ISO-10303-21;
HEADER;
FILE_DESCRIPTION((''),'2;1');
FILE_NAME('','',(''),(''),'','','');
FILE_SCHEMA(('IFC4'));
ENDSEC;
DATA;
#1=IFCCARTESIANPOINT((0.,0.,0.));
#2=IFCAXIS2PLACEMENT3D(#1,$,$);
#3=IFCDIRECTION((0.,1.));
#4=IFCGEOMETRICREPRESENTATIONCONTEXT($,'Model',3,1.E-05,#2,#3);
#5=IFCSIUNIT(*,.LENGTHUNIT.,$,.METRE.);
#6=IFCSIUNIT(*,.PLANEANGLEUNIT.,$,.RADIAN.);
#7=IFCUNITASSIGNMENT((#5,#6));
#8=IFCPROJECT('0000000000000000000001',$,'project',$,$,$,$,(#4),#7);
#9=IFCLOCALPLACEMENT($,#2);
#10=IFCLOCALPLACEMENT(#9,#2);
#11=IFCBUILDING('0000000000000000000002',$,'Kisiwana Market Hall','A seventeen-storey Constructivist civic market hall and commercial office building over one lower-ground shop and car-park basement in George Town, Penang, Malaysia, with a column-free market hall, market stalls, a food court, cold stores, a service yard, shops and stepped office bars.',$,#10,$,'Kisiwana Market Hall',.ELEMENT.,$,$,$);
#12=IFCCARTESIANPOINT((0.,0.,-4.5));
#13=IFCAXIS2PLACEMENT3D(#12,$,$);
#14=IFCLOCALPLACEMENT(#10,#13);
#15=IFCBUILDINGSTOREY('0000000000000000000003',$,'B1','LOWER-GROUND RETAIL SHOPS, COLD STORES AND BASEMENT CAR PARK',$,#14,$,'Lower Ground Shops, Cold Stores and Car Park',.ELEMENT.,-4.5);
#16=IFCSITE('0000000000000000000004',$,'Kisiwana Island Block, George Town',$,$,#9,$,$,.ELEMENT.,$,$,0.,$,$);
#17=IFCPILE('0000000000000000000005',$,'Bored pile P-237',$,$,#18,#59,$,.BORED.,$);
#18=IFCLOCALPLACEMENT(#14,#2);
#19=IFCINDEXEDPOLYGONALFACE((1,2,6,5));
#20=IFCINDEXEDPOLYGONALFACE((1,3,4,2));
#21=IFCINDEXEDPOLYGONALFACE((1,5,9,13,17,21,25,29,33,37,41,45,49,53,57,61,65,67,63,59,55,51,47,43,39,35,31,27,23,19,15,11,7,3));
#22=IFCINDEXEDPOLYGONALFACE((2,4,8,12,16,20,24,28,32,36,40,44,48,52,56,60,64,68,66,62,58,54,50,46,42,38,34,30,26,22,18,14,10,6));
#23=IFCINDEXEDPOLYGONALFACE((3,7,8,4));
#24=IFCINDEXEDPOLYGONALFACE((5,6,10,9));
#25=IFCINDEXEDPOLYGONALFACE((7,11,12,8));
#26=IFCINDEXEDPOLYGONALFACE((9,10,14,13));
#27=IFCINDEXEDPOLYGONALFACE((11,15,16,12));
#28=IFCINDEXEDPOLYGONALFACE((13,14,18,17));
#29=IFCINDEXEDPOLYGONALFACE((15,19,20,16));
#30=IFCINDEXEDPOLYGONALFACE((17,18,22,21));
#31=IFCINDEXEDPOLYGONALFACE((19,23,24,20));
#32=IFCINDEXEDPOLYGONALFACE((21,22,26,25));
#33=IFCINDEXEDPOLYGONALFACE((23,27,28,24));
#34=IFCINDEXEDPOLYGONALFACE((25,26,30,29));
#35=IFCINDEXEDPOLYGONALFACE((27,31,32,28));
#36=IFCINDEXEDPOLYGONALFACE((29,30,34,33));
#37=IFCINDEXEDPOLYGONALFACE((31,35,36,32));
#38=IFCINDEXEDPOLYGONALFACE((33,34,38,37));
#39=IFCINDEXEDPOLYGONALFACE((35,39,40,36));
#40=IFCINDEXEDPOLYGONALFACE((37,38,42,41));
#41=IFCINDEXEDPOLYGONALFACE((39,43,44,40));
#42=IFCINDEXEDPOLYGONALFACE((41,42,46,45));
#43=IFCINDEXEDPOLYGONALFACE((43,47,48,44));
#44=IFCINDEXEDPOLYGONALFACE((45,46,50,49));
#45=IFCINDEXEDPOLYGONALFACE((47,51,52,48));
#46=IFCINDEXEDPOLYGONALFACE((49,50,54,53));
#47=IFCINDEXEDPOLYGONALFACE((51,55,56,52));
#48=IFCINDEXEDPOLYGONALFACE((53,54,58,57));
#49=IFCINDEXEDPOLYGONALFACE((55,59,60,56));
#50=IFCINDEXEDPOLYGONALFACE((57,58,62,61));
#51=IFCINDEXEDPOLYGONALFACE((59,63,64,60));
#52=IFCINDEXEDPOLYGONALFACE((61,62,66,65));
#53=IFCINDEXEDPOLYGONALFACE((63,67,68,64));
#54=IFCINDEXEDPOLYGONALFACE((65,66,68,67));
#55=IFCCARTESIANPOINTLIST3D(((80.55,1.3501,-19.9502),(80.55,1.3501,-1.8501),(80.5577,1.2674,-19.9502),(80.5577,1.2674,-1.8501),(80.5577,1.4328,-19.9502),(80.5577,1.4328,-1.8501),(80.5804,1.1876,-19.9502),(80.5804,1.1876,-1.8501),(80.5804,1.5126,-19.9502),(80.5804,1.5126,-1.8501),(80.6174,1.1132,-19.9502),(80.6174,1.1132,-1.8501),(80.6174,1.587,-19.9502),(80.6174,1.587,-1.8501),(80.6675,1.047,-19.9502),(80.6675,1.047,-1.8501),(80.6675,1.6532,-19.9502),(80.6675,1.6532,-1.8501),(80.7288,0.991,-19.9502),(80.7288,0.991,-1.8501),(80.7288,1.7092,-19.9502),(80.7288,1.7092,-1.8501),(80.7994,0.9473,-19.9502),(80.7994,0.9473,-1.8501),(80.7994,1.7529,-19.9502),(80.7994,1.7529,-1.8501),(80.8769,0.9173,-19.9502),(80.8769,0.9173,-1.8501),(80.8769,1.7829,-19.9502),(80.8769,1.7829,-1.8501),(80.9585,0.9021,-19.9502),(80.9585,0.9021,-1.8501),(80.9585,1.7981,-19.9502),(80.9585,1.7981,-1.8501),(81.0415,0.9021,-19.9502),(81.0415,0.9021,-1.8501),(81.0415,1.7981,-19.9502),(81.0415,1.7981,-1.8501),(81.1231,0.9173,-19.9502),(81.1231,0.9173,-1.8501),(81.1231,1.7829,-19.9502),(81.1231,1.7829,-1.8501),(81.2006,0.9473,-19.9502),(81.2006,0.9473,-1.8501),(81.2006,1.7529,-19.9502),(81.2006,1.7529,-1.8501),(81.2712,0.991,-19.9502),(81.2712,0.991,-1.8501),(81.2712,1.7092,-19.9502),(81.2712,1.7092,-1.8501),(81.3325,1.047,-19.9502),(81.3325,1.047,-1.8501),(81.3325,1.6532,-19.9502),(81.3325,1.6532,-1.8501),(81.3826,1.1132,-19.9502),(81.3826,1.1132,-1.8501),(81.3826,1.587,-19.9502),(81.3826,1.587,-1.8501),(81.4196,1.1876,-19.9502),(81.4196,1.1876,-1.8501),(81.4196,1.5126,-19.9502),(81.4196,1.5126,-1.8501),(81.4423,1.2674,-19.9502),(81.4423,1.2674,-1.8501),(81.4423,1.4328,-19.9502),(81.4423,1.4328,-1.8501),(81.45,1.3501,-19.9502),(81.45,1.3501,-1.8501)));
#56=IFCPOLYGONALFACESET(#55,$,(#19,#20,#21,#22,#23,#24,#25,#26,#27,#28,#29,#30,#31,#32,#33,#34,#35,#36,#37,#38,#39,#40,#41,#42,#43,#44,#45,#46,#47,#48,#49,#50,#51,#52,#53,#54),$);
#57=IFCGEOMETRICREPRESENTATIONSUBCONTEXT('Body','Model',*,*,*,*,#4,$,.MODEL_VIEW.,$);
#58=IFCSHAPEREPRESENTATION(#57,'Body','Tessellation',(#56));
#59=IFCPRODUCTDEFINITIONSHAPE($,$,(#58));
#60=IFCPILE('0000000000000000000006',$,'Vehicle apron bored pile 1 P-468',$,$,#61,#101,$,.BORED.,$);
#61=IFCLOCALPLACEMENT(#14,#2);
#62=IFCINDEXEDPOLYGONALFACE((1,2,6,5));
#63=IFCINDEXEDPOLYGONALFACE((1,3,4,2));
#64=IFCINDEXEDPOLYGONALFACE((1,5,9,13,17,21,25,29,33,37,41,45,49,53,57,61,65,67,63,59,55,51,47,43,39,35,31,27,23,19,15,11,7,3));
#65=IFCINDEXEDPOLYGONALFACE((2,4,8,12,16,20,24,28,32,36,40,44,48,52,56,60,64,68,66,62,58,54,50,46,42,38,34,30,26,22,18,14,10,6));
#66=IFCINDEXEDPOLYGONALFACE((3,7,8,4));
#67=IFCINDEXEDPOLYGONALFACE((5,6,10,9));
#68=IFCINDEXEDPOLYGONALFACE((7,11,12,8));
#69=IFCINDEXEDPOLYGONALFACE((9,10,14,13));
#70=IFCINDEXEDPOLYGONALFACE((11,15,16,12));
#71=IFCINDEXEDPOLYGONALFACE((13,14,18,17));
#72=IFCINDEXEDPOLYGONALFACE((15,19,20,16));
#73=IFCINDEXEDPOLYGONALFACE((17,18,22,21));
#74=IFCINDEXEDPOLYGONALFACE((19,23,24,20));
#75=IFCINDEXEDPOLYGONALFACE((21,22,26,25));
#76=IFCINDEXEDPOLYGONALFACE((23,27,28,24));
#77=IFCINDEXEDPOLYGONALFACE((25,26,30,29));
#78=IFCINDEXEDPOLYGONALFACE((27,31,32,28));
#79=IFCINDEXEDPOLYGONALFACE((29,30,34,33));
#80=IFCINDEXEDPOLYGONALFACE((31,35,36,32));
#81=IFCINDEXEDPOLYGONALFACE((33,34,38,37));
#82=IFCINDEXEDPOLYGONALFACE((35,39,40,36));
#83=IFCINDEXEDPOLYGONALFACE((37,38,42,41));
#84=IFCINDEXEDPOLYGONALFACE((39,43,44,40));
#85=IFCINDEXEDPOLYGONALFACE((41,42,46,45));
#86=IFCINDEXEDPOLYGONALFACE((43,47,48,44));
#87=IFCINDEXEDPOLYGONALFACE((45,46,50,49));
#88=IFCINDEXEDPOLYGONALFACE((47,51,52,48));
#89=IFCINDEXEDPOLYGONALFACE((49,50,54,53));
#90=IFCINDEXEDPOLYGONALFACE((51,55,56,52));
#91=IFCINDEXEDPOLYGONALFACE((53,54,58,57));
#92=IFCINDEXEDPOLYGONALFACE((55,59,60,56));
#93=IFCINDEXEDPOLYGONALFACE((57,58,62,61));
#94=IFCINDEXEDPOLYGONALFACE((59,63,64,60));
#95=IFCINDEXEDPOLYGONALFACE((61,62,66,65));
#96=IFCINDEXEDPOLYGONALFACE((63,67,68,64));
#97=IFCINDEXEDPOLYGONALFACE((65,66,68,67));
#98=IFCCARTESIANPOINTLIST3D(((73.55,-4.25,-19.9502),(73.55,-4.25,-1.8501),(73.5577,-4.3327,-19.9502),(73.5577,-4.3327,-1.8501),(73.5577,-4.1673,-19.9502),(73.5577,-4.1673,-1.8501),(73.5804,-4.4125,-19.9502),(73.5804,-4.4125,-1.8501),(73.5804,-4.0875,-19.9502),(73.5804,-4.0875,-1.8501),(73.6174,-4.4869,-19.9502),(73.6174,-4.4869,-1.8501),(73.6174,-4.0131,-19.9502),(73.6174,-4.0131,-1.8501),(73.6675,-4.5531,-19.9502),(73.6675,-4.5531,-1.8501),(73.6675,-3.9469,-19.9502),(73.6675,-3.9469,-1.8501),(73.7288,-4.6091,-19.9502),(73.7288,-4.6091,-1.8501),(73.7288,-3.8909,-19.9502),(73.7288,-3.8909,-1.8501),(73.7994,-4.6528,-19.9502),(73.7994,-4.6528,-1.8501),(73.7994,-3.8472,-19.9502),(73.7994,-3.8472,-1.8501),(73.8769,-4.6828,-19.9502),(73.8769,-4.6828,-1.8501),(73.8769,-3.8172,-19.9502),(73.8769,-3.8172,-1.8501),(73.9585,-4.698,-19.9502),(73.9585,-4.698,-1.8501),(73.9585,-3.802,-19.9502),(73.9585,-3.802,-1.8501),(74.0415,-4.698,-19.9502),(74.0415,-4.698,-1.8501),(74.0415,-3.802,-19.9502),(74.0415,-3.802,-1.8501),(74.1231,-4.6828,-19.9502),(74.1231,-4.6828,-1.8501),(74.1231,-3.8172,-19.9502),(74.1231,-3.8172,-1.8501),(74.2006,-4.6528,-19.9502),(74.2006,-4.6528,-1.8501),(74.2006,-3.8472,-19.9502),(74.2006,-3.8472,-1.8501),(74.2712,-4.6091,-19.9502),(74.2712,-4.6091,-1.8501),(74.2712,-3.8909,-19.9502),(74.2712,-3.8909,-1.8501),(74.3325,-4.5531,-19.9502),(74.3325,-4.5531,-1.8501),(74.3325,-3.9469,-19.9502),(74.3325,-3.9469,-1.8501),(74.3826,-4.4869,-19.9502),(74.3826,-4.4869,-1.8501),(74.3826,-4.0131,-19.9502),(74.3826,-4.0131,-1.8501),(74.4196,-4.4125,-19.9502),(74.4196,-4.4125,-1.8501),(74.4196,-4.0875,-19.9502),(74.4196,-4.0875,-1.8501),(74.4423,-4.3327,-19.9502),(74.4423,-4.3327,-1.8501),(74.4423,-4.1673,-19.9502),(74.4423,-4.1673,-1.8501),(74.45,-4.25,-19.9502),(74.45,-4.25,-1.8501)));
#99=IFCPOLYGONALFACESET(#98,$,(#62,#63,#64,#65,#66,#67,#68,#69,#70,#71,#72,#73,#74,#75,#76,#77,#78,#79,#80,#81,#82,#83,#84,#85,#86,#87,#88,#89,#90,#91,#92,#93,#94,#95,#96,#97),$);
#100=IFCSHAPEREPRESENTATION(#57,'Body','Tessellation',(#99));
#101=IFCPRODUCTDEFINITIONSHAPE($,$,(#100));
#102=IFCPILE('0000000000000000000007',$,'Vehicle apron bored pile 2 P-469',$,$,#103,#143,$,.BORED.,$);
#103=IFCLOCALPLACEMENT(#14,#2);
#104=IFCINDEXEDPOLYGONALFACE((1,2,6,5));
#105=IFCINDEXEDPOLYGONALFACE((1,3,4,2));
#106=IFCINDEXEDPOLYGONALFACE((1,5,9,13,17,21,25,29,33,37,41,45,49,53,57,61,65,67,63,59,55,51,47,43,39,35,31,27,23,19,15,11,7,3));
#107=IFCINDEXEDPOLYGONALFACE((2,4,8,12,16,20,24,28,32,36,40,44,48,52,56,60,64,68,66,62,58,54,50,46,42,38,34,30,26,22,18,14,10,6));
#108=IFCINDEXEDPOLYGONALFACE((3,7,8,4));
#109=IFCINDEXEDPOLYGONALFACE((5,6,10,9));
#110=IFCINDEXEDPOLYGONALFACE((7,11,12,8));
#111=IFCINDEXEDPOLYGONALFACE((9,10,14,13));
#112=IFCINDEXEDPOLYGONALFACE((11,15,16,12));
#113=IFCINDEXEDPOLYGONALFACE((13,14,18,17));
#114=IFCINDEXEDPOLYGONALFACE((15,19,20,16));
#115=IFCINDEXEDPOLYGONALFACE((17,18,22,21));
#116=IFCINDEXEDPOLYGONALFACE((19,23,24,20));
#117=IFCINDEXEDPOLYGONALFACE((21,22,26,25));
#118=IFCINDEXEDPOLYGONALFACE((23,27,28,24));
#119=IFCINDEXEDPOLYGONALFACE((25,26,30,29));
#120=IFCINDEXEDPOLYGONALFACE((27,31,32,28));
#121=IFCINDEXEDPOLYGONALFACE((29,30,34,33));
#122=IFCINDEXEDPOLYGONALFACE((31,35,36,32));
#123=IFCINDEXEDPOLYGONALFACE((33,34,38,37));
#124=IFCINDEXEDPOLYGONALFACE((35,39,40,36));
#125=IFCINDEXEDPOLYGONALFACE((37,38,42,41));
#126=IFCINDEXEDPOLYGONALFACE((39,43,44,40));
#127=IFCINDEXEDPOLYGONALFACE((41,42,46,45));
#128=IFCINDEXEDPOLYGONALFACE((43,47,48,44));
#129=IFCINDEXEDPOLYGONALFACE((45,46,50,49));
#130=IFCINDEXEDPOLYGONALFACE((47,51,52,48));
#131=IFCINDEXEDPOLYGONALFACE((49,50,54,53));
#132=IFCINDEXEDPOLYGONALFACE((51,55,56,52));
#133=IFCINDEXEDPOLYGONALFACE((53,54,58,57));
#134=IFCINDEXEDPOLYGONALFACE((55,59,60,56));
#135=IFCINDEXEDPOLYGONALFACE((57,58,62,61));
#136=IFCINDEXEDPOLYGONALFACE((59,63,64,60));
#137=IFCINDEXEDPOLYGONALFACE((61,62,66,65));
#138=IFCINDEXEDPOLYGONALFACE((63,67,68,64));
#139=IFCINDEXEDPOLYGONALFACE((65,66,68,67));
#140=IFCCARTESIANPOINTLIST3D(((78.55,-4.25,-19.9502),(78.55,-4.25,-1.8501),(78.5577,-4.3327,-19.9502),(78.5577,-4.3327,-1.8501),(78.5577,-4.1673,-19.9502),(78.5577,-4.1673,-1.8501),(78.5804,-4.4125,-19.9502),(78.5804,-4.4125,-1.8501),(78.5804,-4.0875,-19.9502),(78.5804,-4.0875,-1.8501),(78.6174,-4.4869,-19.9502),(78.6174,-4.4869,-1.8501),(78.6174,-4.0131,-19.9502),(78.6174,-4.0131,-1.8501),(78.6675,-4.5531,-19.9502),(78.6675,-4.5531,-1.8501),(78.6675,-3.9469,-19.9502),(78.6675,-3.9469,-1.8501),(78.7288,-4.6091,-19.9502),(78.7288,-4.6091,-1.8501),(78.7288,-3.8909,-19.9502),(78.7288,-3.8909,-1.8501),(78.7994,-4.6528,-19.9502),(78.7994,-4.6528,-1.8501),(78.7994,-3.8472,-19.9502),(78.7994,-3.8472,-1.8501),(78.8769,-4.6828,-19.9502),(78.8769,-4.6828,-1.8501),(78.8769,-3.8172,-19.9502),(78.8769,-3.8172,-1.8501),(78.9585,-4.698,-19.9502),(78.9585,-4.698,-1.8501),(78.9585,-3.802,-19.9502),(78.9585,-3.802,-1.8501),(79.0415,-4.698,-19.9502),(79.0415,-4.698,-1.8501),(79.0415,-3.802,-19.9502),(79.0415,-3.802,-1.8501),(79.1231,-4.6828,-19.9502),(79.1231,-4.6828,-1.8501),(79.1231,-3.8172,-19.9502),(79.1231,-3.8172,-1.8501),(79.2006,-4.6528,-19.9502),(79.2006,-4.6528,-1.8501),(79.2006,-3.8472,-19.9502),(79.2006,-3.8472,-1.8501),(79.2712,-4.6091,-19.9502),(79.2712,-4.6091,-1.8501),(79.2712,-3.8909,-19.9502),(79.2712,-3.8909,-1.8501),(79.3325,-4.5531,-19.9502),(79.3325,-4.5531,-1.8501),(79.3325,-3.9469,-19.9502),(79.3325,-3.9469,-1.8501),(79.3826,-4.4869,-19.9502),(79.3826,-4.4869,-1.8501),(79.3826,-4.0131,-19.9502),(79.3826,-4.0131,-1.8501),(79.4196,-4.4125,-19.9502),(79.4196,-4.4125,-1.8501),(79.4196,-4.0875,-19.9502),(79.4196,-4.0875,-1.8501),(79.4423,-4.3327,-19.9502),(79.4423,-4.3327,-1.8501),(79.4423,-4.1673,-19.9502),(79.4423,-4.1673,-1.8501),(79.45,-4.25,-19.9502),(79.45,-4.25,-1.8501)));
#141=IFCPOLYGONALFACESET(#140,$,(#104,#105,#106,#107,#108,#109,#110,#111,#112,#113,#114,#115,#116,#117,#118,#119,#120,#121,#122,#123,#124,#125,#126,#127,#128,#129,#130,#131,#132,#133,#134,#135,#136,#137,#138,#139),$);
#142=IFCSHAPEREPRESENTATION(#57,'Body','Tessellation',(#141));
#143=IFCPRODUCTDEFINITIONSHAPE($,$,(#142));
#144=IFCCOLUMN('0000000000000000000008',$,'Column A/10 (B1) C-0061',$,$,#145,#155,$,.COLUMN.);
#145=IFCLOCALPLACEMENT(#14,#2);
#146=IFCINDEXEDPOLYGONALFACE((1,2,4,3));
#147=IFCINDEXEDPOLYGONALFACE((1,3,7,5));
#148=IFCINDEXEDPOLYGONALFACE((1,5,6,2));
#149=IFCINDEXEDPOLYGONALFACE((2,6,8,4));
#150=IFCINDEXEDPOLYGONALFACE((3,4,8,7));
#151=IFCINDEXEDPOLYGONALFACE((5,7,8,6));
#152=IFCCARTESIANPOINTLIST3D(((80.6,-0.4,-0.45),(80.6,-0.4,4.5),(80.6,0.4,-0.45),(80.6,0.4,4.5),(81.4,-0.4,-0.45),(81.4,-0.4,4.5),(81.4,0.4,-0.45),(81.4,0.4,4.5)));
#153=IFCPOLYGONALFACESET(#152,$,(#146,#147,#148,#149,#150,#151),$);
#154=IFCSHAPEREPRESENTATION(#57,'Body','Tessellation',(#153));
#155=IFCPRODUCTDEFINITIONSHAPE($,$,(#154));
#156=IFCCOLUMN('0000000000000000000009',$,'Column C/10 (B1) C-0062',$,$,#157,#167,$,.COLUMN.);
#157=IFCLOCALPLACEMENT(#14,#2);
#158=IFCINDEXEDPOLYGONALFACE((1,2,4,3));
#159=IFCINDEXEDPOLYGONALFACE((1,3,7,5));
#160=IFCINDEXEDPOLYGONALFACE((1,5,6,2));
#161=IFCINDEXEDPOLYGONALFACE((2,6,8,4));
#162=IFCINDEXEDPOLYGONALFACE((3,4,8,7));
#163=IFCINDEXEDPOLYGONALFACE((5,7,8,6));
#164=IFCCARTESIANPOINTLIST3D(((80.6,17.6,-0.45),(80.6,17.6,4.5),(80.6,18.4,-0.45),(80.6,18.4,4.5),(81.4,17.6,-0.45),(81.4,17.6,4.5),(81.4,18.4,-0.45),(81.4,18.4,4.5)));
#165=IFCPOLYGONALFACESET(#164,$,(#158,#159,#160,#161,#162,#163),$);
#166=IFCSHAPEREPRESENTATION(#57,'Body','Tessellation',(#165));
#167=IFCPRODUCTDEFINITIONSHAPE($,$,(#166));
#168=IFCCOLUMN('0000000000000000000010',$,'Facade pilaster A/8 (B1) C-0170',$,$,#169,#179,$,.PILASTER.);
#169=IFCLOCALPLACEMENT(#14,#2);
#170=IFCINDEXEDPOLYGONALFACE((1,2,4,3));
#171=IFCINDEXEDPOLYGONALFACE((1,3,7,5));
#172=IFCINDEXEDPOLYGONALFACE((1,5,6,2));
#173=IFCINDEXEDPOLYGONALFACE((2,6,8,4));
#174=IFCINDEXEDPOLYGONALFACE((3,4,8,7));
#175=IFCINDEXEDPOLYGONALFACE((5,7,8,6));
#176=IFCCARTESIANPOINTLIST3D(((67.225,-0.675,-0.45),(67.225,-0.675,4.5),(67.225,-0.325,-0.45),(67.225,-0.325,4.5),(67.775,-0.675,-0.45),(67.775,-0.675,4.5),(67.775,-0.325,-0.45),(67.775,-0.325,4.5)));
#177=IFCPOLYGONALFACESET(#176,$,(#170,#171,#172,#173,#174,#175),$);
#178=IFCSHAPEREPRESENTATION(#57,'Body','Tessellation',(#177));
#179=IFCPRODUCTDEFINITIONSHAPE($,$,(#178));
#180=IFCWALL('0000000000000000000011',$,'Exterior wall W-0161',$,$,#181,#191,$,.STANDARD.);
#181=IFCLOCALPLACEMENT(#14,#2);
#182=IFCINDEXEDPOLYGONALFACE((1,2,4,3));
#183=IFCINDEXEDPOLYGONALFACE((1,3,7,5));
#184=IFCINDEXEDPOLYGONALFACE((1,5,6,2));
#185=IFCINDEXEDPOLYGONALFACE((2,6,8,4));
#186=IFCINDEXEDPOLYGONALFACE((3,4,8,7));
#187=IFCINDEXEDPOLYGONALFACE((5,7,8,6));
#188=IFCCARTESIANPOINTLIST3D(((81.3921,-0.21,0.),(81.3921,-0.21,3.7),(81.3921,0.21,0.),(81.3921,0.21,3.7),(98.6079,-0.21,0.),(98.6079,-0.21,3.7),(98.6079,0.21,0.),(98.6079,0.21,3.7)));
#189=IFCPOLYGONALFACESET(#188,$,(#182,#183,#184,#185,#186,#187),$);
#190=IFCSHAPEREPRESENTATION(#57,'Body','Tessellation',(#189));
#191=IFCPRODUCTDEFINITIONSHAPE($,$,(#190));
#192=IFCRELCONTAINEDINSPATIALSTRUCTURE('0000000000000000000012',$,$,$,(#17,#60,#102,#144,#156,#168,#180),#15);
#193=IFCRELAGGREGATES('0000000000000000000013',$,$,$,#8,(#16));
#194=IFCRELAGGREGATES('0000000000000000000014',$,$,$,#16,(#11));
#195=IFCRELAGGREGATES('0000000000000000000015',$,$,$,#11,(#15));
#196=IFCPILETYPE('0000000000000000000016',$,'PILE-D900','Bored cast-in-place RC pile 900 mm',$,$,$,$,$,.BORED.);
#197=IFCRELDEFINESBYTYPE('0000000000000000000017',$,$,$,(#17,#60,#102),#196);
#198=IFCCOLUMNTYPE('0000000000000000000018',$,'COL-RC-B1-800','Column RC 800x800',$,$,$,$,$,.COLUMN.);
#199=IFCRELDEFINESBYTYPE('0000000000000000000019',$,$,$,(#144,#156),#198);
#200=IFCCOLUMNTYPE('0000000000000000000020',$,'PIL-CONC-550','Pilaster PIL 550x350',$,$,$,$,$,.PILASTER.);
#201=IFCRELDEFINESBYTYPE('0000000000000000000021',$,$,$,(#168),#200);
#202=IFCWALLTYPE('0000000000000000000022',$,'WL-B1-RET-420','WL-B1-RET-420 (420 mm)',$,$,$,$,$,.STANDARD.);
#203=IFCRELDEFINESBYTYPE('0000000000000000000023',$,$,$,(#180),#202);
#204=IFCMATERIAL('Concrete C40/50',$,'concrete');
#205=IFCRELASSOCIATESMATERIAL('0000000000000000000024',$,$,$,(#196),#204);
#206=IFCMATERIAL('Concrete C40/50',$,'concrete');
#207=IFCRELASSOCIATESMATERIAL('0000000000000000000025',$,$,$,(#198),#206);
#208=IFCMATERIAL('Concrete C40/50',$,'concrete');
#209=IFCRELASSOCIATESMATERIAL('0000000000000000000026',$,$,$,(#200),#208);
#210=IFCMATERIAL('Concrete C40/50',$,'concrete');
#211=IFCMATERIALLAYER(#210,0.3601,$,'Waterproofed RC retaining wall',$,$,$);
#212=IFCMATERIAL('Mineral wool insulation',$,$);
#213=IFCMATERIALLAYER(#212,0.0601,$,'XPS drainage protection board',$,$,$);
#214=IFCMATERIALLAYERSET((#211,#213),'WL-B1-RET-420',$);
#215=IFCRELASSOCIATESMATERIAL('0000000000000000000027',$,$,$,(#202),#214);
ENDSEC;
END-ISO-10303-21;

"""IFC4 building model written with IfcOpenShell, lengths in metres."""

from ifc_helpers import new_model, si_unit, direction, frame, frame_2d, origin, origin_2d, place, context, subcontext, project, spatial, rectangle, circle, extrude, material, layer, layer_set, material_profile, profile_set, type_object, element, save


model = new_model("IFC4")

# Units and contexts
model_context = context("Model", 3, precision=1e-05, world=origin(), true_north=direction((0.0, 1.0)))
body_context = subcontext(model_context, "Body", "Model", "MODEL_VIEW")
ifc_project = project(units=[si_unit("LENGTHUNIT", "METRE"), si_unit("PLANEANGLEUNIT", "RADIAN")], contexts=[model_context])

# Site, building, storey
site_placement = place(None, origin())
site = spatial("IfcSite", under=ifc_project, at=site_placement, Name="Kisiwana Island Block, George Town", CompositionType="ELEMENT", RefElevation=0.0)
building_placement = place(site_placement, origin())
building = spatial("IfcBuilding", under=site, at=building_placement, Name="Kisiwana Market Hall", Description="A seventeen-storey Constructivist civic market hall and commercial office building over one lower-ground shop and car-park basement in George Town, Penang, Malaysia, with a column-free market hall, market stalls, a food court, cold stores, a service yard, shops and stepped office bars.", LongName="Kisiwana Market Hall", CompositionType="ELEMENT")
storey_placement = place(building_placement, frame((0.0, 0.0, -4.5)))
storey = spatial("IfcBuildingStorey", under=building, at=storey_placement, Name="B1", Description="LOWER-GROUND RETAIL SHOPS, COLD STORES AND BASEMENT CAR PARK", LongName="Lower Ground Shops, Cold Stores and Car Park", CompositionType="ELEMENT", Elevation=-4.5)

# Piles
ifc_material_1 = material(Name="Concrete C40/50", Category="concrete")
ifc_material_profile_1 = material_profile(ifc_material_1, circle(Radius=0.45, at=origin_2d()), Name="BP D900")
ifc_profile_set_1 = profile_set([ifc_material_profile_1], Name="Concrete C40/50")
pile_type_1 = type_object("IfcPileType", Name="PILE-D900", Description="Bored cast-in-place RC pile 900 mm", PredefinedType="BORED", material=ifc_profile_set_1)
for number, where, z_axis, x_axis, name in (
    (1, (81.0, 1.3501, -1.8501), (0.0, 0.0, -1.0), (1.0, 0.0, 0.0), "Bored pile P-237"),
    (2, (74.0, -4.25, -1.8501), (0.0, 0.0, -1.0), (1.0, 0.0, 0.0), "Vehicle apron bored pile 1 P-468"),
    (3, (79.0, -4.25, -1.8501), (0.0, 0.0, -1.0), (1.0, 0.0, 0.0), "Vehicle apron bored pile 2 P-469"),
):
    element("IfcPile", number, at=place(storey_placement, frame(where, z_axis=z_axis, x_axis=x_axis)), inside=storey, type_object=pile_type_1, Name=name, PredefinedType="BORED", context=body_context, shape_type="SweptSolid", body=[
        extrude(circle(Radius=0.45, at=origin_2d()), origin(), (0.0, 0.0, 1.0), 18.1001),
    ])

# Columns
ifc_material_2 = material(Name="Concrete C40/50", Category="concrete")
ifc_material_profile_2 = material_profile(ifc_material_2, rectangle(XDim=0.8, YDim=0.8, at=origin_2d()), Name="RC 800x800")
ifc_profile_set_2 = profile_set([ifc_material_profile_2], Name="Concrete C40/50")
column_type_1 = type_object("IfcColumnType", Name="COL-RC-B1-800", Description="Column RC 800x800", PredefinedType="COLUMN", material=ifc_profile_set_2)
for number, where, z_axis, x_axis, name in (
    (4, (81.0, 0.0, -0.45), (0.0, 0.0, 1.0), (1.0, 0.0, 0.0), "Column A/10 (B1) C-0061"),
    (5, (81.0, 18.0, -0.45), (0.0, 0.0, 1.0), (1.0, 0.0, 0.0), "Column C/10 (B1) C-0062"),
):
    element("IfcColumn", number, at=place(storey_placement, frame(where, z_axis=z_axis, x_axis=x_axis)), inside=storey, type_object=column_type_1, Name=name, PredefinedType="COLUMN", context=body_context, shape_type="SweptSolid", body=[
        extrude(rectangle(XDim=0.8, YDim=0.8, at=origin_2d()), origin(), (0.0, 0.0, 1.0), 4.95),
    ])
ifc_material_3 = material(Name="Concrete C40/50", Category="concrete")
ifc_material_profile_3 = material_profile(ifc_material_3, rectangle(XDim=0.55, YDim=0.3501, at=origin_2d()), Name="PIL 550x350")
ifc_profile_set_3 = profile_set([ifc_material_profile_3], Name="Concrete C40/50")
column_type_2 = type_object("IfcColumnType", Name="PIL-CONC-550", Description="Pilaster PIL 550x350", PredefinedType="PILASTER", material=ifc_profile_set_3)
column_placement = place(storey_placement, frame((67.5, -0.5, -0.45), z_axis=(0.0, 0.0, 1.0), x_axis=(1.0, 0.0, 0.0)))
element("IfcColumn", 6, at=column_placement, inside=storey, type_object=column_type_2, Name="Facade pilaster A/8 (B1) C-0170", PredefinedType="PILASTER", context=body_context, shape_type="SweptSolid", body=[
    extrude(rectangle(XDim=0.55, YDim=0.3501, at=origin_2d()), origin(), (0.0, 0.0, 1.0), 4.95),
])

# Wall
ifc_material_4 = material(Name="Concrete C40/50", Category="concrete")
ifc_layer_1 = layer(ifc_material_4, 0.3601, Name="Waterproofed RC retaining wall")
ifc_material_5 = material(Name="Mineral wool insulation")
ifc_layer_2 = layer(ifc_material_5, 0.0601, Name="XPS drainage protection board")
ifc_layer_set_1 = layer_set([ifc_layer_1, ifc_layer_2], Name="WL-B1-RET-420")
wall_type_1 = type_object("IfcWallType", Name="WL-B1-RET-420", Description="WL-B1-RET-420 (420 mm)", PredefinedType="STANDARD", material=ifc_layer_set_1)
wall_1_placement = place(storey_placement, frame((81.3921, 0.0, 0.0), z_axis=(0.0, 0.0, 1.0), x_axis=(1.0, 0.0, 0.0)))
element("IfcWall", 7, at=wall_1_placement, inside=storey, type_object=wall_type_1, Name="Exterior wall W-0161", PredefinedType="STANDARD", context=body_context, shape_type="SweptSolid", body=[
    extrude(rectangle(XDim=17.2158, YDim=0.4199, at=frame_2d((8.6079, 0.0))), origin(), (0.0, 0.0, 1.0), 3.7),
])

save(model, "model.ifc")
